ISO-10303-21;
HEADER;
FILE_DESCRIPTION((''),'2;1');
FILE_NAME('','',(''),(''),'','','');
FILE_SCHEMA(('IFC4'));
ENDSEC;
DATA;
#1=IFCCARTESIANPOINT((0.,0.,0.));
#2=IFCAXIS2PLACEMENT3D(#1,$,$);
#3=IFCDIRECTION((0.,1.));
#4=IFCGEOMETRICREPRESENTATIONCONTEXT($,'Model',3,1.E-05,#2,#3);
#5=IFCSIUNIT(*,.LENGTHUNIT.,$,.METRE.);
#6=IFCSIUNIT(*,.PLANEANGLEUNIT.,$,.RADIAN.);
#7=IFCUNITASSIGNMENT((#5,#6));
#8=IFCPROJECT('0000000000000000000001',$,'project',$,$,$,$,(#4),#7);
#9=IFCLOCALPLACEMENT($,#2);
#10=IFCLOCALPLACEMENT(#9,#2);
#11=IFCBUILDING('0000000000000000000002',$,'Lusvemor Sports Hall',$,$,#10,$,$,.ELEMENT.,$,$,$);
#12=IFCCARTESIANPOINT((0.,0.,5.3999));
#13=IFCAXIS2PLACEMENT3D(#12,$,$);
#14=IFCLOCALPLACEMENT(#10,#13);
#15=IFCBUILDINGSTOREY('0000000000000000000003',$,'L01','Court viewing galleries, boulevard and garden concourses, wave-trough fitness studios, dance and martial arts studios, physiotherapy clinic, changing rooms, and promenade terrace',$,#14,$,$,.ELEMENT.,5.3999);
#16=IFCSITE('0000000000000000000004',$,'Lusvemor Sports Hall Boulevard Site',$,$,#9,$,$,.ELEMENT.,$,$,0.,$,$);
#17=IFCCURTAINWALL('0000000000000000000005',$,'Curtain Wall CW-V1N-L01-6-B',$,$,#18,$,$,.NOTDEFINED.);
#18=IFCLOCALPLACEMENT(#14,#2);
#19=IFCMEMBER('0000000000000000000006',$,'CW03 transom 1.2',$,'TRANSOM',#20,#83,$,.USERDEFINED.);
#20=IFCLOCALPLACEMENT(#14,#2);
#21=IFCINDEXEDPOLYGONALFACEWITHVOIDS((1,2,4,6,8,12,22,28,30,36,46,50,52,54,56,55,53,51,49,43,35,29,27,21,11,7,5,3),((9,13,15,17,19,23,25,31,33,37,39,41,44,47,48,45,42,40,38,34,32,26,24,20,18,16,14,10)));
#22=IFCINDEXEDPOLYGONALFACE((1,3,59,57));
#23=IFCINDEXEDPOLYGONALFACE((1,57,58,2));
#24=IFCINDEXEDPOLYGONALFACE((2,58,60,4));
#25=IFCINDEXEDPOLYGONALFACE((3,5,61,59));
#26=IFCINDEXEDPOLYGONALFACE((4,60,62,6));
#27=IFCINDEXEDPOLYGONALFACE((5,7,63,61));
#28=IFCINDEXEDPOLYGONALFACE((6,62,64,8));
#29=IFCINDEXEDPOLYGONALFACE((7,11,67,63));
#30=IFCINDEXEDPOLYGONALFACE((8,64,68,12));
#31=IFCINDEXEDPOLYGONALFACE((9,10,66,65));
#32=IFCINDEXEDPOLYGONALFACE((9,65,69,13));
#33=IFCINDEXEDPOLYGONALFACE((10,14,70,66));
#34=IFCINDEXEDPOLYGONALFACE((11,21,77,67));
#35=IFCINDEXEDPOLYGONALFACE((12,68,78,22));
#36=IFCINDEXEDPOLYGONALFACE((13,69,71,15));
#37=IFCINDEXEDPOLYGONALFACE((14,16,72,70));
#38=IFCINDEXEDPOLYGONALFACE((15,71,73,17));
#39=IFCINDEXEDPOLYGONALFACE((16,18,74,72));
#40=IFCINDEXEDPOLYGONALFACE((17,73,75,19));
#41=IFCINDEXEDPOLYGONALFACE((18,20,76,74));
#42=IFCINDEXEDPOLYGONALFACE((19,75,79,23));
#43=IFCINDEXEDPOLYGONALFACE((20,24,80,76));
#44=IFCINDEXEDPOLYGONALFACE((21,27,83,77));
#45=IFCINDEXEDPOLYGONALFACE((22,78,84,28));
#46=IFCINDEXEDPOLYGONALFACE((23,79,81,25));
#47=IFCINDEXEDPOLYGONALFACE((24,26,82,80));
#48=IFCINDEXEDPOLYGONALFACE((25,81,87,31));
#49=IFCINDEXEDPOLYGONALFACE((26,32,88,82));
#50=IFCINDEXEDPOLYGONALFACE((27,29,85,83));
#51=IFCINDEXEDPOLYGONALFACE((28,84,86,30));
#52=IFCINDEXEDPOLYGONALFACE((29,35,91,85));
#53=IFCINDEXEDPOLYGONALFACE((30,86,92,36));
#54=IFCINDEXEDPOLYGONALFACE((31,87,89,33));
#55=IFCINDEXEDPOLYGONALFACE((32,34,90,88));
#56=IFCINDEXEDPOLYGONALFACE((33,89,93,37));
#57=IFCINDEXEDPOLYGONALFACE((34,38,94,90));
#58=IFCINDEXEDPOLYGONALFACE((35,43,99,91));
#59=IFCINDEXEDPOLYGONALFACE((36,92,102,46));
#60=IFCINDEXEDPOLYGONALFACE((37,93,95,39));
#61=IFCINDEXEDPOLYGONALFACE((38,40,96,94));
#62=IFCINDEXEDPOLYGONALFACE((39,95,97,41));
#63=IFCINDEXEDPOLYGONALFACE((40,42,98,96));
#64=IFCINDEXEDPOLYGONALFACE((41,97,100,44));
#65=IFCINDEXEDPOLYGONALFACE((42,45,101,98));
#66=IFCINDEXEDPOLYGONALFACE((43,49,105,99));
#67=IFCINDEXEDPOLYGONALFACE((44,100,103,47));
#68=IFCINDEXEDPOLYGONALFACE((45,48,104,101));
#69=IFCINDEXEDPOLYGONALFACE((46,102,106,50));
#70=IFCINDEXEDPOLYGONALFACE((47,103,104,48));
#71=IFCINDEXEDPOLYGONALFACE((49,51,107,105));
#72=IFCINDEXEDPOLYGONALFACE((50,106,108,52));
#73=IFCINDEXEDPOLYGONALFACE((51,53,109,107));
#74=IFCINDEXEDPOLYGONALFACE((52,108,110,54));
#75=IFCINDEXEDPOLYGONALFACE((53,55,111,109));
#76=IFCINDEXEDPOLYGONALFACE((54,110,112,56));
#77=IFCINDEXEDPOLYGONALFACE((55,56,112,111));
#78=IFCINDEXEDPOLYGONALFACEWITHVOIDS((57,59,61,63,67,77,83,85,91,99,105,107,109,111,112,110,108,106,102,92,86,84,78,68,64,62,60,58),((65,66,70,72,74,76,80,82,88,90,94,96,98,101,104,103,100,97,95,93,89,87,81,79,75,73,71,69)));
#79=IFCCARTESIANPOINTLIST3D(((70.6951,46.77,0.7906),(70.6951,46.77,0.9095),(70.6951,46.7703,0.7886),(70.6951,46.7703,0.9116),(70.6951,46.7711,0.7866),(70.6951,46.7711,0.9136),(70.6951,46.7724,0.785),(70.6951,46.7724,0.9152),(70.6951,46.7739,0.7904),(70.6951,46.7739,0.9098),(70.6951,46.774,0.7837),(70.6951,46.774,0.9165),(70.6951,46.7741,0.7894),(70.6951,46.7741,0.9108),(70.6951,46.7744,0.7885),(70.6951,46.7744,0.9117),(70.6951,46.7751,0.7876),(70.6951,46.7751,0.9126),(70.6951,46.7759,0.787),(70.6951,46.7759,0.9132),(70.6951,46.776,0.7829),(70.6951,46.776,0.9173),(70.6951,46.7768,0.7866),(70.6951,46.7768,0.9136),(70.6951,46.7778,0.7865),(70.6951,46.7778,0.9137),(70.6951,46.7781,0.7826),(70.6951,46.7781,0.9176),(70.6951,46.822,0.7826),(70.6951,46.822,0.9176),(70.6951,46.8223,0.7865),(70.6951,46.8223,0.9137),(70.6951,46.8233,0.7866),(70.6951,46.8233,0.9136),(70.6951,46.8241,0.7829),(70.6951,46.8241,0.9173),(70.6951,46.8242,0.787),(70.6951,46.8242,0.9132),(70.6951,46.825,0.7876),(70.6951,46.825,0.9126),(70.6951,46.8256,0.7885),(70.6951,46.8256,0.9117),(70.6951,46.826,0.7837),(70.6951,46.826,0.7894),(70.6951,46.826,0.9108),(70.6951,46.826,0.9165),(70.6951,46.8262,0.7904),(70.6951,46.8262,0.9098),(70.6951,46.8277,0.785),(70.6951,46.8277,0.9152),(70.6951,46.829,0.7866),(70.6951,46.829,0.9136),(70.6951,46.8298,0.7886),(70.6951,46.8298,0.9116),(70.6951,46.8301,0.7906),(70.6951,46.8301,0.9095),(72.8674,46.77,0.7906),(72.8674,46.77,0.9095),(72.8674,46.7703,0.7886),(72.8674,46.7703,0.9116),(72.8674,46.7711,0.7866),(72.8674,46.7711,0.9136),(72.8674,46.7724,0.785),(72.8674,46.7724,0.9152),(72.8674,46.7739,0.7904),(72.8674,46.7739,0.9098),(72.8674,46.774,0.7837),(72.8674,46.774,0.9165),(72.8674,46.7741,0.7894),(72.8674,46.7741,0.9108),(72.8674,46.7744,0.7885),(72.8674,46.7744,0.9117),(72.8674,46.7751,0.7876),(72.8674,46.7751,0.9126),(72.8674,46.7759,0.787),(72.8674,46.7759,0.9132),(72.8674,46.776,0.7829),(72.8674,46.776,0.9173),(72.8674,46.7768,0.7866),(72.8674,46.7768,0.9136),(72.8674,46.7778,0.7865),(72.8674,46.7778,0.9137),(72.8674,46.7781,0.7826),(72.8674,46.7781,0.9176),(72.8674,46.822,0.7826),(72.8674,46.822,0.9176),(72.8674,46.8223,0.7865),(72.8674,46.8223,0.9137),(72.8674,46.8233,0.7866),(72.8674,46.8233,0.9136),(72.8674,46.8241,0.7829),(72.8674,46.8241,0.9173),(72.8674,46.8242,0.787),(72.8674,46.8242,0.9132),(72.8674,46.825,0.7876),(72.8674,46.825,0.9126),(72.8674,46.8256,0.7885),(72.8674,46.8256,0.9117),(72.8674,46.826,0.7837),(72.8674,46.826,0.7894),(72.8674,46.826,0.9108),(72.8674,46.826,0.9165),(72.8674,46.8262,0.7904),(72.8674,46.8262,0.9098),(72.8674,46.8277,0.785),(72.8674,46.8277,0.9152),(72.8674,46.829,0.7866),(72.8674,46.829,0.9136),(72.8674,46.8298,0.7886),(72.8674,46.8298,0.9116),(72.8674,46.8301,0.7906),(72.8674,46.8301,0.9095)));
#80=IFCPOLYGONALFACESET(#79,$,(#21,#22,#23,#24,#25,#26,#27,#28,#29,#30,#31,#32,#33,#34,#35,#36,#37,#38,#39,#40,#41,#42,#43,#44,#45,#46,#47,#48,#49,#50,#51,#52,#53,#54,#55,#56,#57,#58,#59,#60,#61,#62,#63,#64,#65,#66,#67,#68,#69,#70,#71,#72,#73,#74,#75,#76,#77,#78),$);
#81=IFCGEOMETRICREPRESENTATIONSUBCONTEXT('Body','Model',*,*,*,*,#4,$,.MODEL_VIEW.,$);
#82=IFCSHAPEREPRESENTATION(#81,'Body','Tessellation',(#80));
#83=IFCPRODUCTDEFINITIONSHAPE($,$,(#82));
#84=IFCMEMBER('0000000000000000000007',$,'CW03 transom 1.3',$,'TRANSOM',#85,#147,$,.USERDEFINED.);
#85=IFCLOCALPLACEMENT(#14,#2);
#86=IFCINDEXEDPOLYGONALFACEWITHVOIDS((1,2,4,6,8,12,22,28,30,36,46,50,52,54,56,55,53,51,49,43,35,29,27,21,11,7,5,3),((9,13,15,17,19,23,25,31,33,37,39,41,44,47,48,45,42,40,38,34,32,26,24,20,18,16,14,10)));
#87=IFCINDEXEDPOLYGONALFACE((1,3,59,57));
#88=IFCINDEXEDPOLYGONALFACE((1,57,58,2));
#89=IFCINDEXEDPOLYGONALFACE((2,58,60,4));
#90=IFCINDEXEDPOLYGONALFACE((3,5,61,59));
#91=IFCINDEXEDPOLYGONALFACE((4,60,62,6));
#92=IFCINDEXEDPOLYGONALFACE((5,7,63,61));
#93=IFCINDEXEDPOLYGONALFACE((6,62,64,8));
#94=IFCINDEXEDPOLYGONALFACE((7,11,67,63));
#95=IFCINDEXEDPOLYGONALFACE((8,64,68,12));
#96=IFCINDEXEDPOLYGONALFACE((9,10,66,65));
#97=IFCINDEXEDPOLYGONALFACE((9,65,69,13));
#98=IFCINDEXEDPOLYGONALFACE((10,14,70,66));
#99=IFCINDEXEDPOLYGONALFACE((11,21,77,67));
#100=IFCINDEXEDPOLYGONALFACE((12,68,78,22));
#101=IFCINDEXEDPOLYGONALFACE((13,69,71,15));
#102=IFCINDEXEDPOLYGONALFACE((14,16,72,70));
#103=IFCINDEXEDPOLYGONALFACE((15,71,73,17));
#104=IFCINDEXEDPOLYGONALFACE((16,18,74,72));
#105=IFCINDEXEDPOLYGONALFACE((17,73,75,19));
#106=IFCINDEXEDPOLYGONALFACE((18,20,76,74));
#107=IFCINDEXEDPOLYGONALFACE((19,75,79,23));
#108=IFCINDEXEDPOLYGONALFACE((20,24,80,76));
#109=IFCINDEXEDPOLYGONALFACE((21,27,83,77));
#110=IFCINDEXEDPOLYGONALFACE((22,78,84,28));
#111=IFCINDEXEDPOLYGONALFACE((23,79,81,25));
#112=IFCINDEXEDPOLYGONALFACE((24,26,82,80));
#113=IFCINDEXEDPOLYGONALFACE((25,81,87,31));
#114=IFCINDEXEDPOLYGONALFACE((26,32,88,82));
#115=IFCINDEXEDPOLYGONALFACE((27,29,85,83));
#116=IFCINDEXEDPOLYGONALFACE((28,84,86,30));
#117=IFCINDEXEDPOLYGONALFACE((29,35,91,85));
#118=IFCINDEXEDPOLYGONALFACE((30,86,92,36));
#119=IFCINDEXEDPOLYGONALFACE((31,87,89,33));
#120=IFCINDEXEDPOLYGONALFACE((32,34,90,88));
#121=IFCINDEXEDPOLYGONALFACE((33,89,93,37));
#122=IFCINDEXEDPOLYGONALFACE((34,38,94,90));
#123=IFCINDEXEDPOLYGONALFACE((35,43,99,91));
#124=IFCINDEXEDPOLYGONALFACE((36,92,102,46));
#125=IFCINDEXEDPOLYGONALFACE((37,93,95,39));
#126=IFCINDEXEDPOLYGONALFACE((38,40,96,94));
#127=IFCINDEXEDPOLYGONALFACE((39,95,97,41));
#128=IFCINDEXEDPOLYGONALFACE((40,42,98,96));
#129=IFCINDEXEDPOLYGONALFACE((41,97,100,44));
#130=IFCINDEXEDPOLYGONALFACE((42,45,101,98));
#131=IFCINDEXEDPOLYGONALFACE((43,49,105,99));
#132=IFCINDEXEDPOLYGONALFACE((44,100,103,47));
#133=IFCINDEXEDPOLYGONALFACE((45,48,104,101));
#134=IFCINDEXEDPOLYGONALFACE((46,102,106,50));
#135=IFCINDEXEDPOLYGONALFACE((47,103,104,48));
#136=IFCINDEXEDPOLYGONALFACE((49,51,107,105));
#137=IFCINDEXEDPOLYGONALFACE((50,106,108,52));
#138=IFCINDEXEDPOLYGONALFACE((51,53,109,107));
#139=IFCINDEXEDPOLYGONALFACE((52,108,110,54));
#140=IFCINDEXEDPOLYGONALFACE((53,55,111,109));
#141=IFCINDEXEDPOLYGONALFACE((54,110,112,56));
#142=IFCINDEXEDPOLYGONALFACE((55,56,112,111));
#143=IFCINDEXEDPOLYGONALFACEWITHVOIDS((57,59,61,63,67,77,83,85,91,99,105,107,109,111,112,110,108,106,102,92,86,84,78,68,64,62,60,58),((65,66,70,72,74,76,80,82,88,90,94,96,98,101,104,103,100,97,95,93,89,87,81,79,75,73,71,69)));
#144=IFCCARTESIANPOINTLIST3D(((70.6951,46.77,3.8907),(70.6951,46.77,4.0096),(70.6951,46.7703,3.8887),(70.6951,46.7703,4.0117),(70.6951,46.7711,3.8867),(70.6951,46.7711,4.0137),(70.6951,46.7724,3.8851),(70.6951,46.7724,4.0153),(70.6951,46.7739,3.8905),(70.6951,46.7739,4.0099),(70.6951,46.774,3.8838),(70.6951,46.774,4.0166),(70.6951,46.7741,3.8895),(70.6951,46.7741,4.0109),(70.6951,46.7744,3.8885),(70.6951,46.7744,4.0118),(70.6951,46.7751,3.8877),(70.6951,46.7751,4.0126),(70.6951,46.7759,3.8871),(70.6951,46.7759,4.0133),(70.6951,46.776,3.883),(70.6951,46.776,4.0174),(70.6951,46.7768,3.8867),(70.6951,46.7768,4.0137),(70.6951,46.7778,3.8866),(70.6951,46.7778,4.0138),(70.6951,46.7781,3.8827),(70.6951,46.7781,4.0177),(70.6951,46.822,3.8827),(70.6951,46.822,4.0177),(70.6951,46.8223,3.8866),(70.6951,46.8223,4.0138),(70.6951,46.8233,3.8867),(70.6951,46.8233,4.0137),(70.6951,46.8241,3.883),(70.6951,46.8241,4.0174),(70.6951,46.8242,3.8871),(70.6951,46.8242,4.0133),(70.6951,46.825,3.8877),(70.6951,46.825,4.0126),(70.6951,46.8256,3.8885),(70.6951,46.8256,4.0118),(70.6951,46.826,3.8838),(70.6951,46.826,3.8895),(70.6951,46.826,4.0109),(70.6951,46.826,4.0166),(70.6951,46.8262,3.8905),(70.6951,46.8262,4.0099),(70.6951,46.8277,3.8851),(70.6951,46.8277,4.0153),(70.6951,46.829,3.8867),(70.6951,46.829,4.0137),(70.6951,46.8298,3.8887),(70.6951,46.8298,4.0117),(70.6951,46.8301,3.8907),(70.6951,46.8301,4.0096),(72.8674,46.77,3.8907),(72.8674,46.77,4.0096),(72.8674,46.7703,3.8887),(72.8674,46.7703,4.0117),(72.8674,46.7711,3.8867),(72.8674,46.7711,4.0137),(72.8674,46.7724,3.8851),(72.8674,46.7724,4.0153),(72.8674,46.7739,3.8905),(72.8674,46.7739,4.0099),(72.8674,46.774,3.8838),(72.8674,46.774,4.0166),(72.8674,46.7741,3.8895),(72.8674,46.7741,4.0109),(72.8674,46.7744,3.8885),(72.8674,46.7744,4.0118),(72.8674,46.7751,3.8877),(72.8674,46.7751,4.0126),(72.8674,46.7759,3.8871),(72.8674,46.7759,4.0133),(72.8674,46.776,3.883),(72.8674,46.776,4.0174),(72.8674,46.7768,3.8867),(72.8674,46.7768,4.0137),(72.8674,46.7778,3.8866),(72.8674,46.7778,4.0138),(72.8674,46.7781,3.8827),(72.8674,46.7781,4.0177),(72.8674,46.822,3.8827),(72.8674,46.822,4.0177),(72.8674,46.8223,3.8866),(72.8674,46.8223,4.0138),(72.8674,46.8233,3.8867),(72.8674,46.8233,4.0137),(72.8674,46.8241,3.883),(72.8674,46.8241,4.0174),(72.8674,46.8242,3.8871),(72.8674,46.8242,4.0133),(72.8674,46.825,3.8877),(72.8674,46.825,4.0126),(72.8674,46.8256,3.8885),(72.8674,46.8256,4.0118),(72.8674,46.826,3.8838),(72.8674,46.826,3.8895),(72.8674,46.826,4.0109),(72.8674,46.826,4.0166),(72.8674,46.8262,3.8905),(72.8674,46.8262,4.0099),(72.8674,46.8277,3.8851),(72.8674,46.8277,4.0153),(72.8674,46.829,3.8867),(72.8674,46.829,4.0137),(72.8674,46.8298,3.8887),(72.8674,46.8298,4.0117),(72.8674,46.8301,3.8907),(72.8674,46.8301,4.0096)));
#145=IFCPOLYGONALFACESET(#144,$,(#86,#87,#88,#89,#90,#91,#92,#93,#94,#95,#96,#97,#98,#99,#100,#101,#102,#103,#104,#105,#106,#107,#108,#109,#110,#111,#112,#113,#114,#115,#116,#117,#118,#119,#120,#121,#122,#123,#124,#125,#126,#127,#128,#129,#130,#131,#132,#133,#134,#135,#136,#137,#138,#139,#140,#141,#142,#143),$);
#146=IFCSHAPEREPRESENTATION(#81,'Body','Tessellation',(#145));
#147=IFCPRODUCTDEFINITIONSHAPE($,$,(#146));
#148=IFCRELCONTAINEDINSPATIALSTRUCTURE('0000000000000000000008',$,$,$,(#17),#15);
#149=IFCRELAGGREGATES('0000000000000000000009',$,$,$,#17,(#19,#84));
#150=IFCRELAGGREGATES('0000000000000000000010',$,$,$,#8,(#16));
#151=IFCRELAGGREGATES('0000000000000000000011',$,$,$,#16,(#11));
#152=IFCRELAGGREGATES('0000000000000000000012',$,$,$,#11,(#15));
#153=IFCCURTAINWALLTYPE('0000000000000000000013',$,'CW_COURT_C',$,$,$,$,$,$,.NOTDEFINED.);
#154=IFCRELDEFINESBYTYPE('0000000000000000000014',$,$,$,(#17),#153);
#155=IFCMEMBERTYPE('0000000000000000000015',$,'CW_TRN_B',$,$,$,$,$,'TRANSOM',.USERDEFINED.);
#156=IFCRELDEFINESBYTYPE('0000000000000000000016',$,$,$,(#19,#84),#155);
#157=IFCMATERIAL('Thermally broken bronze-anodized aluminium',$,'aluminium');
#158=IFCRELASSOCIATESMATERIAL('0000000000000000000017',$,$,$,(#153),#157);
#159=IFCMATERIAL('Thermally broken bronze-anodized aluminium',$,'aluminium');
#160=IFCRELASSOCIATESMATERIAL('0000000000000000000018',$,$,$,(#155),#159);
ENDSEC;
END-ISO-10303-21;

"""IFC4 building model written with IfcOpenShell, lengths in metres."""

from ifc_helpers import new_model, si_unit, direction, frame, origin, origin_2d, place, context, subcontext, project, spatial, hollow_rectangle, extrude, material, material_profile, profile_set, type_object, element, aggregate, save


model = new_model("IFC4")

# Units and contexts
model_context = context("Model", 3, precision=1e-05, world=origin(), true_north=direction((0.0, 1.0)))
body_context = subcontext(model_context, "Body", "Model", "MODEL_VIEW")
ifc_project = project(units=[si_unit("LENGTHUNIT", "METRE"), si_unit("PLANEANGLEUNIT", "RADIAN")], contexts=[model_context])

# Site, building, storey
site_placement = place(None, origin())
site = spatial("IfcSite", under=ifc_project, at=site_placement, Name="Lusvemor Sports Hall Boulevard Site", CompositionType="ELEMENT", RefElevation=0.0)
building_placement = place(site_placement, origin())
building = spatial("IfcBuilding", under=site, at=building_placement, Name="Lusvemor Sports Hall", CompositionType="ELEMENT")
storey_placement = place(building_placement, frame((0.0, 0.0, 5.3999)))
storey = spatial("IfcBuildingStorey", under=building, at=storey_placement, Name="L01", Description="Court viewing galleries, boulevard and garden concourses, wave-trough fitness studios, dance and martial arts studios, physiotherapy clinic, changing rooms, and promenade terrace", CompositionType="ELEMENT", Elevation=5.3999)

# Curtain wall, members
ifc_material_1 = material(Name="Thermally broken bronze-anodized aluminium", Category="aluminium")
curtain_wall_type = type_object("IfcCurtainWallType", Name="CW_COURT_C", PredefinedType="NOTDEFINED", material=ifc_material_1)
curtain_wall_placement = place(storey_placement, origin())
curtain_wall = element("IfcCurtainWall", 1, at=curtain_wall_placement, inside=storey, type_object=curtain_wall_type, Name="Curtain Wall CW-V1N-L01-6-B", PredefinedType="NOTDEFINED")
ifc_material_2 = material(Name="Thermally broken bronze-anodized aluminium", Category="aluminium")
ifc_material_profile_1 = material_profile(ifc_material_2, hollow_rectangle(XDim=0.0601, YDim=0.135, WallThickness=0.0039, InnerFilletRadius=0.0039, OuterFilletRadius=0.0081, at=origin_2d()), Name="CWTRN135x60x4")
ifc_profile_set_1 = profile_set([ifc_material_profile_1], Name="Thermally broken bronze-anodized aluminium")
member_type_1 = type_object("IfcMemberType", Name="CW_TRN_B", ElementType="TRANSOM", PredefinedType="USERDEFINED", material=ifc_profile_set_1)
member_1_placement = place(storey_placement, frame((70.6951, 46.8, 0.8501), z_axis=(1.0, 0.0, 0.0), x_axis=(0.0, 1.0, 0.0)))
member_1 = element("IfcMember", 2, at=member_1_placement, type_object=member_type_1, Name="CW03 transom 1.2", ObjectType="TRANSOM", PredefinedType="USERDEFINED", context=body_context, shape_type="SweptSolid", body=[
    extrude(hollow_rectangle(XDim=0.0601, YDim=0.135, WallThickness=0.0039, InnerFilletRadius=0.0039, OuterFilletRadius=0.0081, at=origin_2d()), origin(), (0.0, 0.0, 1.0), 2.1724),
])
member_2_placement = place(storey_placement, frame((70.6951, 46.8, 3.9502), z_axis=(1.0, 0.0, 0.0), x_axis=(0.0, 1.0, 0.0)))
member_2 = element("IfcMember", 3, at=member_2_placement, type_object=member_type_1, Name="CW03 transom 1.3", ObjectType="TRANSOM", PredefinedType="USERDEFINED", context=body_context, shape_type="SweptSolid", body=[
    extrude(hollow_rectangle(XDim=0.0601, YDim=0.135, WallThickness=0.0039, InnerFilletRadius=0.0039, OuterFilletRadius=0.0081, at=origin_2d()), origin(), (0.0, 0.0, 1.0), 2.1724),
])

aggregate(curtain_wall, [member_1, member_2])

save(model, "model.ifc")
